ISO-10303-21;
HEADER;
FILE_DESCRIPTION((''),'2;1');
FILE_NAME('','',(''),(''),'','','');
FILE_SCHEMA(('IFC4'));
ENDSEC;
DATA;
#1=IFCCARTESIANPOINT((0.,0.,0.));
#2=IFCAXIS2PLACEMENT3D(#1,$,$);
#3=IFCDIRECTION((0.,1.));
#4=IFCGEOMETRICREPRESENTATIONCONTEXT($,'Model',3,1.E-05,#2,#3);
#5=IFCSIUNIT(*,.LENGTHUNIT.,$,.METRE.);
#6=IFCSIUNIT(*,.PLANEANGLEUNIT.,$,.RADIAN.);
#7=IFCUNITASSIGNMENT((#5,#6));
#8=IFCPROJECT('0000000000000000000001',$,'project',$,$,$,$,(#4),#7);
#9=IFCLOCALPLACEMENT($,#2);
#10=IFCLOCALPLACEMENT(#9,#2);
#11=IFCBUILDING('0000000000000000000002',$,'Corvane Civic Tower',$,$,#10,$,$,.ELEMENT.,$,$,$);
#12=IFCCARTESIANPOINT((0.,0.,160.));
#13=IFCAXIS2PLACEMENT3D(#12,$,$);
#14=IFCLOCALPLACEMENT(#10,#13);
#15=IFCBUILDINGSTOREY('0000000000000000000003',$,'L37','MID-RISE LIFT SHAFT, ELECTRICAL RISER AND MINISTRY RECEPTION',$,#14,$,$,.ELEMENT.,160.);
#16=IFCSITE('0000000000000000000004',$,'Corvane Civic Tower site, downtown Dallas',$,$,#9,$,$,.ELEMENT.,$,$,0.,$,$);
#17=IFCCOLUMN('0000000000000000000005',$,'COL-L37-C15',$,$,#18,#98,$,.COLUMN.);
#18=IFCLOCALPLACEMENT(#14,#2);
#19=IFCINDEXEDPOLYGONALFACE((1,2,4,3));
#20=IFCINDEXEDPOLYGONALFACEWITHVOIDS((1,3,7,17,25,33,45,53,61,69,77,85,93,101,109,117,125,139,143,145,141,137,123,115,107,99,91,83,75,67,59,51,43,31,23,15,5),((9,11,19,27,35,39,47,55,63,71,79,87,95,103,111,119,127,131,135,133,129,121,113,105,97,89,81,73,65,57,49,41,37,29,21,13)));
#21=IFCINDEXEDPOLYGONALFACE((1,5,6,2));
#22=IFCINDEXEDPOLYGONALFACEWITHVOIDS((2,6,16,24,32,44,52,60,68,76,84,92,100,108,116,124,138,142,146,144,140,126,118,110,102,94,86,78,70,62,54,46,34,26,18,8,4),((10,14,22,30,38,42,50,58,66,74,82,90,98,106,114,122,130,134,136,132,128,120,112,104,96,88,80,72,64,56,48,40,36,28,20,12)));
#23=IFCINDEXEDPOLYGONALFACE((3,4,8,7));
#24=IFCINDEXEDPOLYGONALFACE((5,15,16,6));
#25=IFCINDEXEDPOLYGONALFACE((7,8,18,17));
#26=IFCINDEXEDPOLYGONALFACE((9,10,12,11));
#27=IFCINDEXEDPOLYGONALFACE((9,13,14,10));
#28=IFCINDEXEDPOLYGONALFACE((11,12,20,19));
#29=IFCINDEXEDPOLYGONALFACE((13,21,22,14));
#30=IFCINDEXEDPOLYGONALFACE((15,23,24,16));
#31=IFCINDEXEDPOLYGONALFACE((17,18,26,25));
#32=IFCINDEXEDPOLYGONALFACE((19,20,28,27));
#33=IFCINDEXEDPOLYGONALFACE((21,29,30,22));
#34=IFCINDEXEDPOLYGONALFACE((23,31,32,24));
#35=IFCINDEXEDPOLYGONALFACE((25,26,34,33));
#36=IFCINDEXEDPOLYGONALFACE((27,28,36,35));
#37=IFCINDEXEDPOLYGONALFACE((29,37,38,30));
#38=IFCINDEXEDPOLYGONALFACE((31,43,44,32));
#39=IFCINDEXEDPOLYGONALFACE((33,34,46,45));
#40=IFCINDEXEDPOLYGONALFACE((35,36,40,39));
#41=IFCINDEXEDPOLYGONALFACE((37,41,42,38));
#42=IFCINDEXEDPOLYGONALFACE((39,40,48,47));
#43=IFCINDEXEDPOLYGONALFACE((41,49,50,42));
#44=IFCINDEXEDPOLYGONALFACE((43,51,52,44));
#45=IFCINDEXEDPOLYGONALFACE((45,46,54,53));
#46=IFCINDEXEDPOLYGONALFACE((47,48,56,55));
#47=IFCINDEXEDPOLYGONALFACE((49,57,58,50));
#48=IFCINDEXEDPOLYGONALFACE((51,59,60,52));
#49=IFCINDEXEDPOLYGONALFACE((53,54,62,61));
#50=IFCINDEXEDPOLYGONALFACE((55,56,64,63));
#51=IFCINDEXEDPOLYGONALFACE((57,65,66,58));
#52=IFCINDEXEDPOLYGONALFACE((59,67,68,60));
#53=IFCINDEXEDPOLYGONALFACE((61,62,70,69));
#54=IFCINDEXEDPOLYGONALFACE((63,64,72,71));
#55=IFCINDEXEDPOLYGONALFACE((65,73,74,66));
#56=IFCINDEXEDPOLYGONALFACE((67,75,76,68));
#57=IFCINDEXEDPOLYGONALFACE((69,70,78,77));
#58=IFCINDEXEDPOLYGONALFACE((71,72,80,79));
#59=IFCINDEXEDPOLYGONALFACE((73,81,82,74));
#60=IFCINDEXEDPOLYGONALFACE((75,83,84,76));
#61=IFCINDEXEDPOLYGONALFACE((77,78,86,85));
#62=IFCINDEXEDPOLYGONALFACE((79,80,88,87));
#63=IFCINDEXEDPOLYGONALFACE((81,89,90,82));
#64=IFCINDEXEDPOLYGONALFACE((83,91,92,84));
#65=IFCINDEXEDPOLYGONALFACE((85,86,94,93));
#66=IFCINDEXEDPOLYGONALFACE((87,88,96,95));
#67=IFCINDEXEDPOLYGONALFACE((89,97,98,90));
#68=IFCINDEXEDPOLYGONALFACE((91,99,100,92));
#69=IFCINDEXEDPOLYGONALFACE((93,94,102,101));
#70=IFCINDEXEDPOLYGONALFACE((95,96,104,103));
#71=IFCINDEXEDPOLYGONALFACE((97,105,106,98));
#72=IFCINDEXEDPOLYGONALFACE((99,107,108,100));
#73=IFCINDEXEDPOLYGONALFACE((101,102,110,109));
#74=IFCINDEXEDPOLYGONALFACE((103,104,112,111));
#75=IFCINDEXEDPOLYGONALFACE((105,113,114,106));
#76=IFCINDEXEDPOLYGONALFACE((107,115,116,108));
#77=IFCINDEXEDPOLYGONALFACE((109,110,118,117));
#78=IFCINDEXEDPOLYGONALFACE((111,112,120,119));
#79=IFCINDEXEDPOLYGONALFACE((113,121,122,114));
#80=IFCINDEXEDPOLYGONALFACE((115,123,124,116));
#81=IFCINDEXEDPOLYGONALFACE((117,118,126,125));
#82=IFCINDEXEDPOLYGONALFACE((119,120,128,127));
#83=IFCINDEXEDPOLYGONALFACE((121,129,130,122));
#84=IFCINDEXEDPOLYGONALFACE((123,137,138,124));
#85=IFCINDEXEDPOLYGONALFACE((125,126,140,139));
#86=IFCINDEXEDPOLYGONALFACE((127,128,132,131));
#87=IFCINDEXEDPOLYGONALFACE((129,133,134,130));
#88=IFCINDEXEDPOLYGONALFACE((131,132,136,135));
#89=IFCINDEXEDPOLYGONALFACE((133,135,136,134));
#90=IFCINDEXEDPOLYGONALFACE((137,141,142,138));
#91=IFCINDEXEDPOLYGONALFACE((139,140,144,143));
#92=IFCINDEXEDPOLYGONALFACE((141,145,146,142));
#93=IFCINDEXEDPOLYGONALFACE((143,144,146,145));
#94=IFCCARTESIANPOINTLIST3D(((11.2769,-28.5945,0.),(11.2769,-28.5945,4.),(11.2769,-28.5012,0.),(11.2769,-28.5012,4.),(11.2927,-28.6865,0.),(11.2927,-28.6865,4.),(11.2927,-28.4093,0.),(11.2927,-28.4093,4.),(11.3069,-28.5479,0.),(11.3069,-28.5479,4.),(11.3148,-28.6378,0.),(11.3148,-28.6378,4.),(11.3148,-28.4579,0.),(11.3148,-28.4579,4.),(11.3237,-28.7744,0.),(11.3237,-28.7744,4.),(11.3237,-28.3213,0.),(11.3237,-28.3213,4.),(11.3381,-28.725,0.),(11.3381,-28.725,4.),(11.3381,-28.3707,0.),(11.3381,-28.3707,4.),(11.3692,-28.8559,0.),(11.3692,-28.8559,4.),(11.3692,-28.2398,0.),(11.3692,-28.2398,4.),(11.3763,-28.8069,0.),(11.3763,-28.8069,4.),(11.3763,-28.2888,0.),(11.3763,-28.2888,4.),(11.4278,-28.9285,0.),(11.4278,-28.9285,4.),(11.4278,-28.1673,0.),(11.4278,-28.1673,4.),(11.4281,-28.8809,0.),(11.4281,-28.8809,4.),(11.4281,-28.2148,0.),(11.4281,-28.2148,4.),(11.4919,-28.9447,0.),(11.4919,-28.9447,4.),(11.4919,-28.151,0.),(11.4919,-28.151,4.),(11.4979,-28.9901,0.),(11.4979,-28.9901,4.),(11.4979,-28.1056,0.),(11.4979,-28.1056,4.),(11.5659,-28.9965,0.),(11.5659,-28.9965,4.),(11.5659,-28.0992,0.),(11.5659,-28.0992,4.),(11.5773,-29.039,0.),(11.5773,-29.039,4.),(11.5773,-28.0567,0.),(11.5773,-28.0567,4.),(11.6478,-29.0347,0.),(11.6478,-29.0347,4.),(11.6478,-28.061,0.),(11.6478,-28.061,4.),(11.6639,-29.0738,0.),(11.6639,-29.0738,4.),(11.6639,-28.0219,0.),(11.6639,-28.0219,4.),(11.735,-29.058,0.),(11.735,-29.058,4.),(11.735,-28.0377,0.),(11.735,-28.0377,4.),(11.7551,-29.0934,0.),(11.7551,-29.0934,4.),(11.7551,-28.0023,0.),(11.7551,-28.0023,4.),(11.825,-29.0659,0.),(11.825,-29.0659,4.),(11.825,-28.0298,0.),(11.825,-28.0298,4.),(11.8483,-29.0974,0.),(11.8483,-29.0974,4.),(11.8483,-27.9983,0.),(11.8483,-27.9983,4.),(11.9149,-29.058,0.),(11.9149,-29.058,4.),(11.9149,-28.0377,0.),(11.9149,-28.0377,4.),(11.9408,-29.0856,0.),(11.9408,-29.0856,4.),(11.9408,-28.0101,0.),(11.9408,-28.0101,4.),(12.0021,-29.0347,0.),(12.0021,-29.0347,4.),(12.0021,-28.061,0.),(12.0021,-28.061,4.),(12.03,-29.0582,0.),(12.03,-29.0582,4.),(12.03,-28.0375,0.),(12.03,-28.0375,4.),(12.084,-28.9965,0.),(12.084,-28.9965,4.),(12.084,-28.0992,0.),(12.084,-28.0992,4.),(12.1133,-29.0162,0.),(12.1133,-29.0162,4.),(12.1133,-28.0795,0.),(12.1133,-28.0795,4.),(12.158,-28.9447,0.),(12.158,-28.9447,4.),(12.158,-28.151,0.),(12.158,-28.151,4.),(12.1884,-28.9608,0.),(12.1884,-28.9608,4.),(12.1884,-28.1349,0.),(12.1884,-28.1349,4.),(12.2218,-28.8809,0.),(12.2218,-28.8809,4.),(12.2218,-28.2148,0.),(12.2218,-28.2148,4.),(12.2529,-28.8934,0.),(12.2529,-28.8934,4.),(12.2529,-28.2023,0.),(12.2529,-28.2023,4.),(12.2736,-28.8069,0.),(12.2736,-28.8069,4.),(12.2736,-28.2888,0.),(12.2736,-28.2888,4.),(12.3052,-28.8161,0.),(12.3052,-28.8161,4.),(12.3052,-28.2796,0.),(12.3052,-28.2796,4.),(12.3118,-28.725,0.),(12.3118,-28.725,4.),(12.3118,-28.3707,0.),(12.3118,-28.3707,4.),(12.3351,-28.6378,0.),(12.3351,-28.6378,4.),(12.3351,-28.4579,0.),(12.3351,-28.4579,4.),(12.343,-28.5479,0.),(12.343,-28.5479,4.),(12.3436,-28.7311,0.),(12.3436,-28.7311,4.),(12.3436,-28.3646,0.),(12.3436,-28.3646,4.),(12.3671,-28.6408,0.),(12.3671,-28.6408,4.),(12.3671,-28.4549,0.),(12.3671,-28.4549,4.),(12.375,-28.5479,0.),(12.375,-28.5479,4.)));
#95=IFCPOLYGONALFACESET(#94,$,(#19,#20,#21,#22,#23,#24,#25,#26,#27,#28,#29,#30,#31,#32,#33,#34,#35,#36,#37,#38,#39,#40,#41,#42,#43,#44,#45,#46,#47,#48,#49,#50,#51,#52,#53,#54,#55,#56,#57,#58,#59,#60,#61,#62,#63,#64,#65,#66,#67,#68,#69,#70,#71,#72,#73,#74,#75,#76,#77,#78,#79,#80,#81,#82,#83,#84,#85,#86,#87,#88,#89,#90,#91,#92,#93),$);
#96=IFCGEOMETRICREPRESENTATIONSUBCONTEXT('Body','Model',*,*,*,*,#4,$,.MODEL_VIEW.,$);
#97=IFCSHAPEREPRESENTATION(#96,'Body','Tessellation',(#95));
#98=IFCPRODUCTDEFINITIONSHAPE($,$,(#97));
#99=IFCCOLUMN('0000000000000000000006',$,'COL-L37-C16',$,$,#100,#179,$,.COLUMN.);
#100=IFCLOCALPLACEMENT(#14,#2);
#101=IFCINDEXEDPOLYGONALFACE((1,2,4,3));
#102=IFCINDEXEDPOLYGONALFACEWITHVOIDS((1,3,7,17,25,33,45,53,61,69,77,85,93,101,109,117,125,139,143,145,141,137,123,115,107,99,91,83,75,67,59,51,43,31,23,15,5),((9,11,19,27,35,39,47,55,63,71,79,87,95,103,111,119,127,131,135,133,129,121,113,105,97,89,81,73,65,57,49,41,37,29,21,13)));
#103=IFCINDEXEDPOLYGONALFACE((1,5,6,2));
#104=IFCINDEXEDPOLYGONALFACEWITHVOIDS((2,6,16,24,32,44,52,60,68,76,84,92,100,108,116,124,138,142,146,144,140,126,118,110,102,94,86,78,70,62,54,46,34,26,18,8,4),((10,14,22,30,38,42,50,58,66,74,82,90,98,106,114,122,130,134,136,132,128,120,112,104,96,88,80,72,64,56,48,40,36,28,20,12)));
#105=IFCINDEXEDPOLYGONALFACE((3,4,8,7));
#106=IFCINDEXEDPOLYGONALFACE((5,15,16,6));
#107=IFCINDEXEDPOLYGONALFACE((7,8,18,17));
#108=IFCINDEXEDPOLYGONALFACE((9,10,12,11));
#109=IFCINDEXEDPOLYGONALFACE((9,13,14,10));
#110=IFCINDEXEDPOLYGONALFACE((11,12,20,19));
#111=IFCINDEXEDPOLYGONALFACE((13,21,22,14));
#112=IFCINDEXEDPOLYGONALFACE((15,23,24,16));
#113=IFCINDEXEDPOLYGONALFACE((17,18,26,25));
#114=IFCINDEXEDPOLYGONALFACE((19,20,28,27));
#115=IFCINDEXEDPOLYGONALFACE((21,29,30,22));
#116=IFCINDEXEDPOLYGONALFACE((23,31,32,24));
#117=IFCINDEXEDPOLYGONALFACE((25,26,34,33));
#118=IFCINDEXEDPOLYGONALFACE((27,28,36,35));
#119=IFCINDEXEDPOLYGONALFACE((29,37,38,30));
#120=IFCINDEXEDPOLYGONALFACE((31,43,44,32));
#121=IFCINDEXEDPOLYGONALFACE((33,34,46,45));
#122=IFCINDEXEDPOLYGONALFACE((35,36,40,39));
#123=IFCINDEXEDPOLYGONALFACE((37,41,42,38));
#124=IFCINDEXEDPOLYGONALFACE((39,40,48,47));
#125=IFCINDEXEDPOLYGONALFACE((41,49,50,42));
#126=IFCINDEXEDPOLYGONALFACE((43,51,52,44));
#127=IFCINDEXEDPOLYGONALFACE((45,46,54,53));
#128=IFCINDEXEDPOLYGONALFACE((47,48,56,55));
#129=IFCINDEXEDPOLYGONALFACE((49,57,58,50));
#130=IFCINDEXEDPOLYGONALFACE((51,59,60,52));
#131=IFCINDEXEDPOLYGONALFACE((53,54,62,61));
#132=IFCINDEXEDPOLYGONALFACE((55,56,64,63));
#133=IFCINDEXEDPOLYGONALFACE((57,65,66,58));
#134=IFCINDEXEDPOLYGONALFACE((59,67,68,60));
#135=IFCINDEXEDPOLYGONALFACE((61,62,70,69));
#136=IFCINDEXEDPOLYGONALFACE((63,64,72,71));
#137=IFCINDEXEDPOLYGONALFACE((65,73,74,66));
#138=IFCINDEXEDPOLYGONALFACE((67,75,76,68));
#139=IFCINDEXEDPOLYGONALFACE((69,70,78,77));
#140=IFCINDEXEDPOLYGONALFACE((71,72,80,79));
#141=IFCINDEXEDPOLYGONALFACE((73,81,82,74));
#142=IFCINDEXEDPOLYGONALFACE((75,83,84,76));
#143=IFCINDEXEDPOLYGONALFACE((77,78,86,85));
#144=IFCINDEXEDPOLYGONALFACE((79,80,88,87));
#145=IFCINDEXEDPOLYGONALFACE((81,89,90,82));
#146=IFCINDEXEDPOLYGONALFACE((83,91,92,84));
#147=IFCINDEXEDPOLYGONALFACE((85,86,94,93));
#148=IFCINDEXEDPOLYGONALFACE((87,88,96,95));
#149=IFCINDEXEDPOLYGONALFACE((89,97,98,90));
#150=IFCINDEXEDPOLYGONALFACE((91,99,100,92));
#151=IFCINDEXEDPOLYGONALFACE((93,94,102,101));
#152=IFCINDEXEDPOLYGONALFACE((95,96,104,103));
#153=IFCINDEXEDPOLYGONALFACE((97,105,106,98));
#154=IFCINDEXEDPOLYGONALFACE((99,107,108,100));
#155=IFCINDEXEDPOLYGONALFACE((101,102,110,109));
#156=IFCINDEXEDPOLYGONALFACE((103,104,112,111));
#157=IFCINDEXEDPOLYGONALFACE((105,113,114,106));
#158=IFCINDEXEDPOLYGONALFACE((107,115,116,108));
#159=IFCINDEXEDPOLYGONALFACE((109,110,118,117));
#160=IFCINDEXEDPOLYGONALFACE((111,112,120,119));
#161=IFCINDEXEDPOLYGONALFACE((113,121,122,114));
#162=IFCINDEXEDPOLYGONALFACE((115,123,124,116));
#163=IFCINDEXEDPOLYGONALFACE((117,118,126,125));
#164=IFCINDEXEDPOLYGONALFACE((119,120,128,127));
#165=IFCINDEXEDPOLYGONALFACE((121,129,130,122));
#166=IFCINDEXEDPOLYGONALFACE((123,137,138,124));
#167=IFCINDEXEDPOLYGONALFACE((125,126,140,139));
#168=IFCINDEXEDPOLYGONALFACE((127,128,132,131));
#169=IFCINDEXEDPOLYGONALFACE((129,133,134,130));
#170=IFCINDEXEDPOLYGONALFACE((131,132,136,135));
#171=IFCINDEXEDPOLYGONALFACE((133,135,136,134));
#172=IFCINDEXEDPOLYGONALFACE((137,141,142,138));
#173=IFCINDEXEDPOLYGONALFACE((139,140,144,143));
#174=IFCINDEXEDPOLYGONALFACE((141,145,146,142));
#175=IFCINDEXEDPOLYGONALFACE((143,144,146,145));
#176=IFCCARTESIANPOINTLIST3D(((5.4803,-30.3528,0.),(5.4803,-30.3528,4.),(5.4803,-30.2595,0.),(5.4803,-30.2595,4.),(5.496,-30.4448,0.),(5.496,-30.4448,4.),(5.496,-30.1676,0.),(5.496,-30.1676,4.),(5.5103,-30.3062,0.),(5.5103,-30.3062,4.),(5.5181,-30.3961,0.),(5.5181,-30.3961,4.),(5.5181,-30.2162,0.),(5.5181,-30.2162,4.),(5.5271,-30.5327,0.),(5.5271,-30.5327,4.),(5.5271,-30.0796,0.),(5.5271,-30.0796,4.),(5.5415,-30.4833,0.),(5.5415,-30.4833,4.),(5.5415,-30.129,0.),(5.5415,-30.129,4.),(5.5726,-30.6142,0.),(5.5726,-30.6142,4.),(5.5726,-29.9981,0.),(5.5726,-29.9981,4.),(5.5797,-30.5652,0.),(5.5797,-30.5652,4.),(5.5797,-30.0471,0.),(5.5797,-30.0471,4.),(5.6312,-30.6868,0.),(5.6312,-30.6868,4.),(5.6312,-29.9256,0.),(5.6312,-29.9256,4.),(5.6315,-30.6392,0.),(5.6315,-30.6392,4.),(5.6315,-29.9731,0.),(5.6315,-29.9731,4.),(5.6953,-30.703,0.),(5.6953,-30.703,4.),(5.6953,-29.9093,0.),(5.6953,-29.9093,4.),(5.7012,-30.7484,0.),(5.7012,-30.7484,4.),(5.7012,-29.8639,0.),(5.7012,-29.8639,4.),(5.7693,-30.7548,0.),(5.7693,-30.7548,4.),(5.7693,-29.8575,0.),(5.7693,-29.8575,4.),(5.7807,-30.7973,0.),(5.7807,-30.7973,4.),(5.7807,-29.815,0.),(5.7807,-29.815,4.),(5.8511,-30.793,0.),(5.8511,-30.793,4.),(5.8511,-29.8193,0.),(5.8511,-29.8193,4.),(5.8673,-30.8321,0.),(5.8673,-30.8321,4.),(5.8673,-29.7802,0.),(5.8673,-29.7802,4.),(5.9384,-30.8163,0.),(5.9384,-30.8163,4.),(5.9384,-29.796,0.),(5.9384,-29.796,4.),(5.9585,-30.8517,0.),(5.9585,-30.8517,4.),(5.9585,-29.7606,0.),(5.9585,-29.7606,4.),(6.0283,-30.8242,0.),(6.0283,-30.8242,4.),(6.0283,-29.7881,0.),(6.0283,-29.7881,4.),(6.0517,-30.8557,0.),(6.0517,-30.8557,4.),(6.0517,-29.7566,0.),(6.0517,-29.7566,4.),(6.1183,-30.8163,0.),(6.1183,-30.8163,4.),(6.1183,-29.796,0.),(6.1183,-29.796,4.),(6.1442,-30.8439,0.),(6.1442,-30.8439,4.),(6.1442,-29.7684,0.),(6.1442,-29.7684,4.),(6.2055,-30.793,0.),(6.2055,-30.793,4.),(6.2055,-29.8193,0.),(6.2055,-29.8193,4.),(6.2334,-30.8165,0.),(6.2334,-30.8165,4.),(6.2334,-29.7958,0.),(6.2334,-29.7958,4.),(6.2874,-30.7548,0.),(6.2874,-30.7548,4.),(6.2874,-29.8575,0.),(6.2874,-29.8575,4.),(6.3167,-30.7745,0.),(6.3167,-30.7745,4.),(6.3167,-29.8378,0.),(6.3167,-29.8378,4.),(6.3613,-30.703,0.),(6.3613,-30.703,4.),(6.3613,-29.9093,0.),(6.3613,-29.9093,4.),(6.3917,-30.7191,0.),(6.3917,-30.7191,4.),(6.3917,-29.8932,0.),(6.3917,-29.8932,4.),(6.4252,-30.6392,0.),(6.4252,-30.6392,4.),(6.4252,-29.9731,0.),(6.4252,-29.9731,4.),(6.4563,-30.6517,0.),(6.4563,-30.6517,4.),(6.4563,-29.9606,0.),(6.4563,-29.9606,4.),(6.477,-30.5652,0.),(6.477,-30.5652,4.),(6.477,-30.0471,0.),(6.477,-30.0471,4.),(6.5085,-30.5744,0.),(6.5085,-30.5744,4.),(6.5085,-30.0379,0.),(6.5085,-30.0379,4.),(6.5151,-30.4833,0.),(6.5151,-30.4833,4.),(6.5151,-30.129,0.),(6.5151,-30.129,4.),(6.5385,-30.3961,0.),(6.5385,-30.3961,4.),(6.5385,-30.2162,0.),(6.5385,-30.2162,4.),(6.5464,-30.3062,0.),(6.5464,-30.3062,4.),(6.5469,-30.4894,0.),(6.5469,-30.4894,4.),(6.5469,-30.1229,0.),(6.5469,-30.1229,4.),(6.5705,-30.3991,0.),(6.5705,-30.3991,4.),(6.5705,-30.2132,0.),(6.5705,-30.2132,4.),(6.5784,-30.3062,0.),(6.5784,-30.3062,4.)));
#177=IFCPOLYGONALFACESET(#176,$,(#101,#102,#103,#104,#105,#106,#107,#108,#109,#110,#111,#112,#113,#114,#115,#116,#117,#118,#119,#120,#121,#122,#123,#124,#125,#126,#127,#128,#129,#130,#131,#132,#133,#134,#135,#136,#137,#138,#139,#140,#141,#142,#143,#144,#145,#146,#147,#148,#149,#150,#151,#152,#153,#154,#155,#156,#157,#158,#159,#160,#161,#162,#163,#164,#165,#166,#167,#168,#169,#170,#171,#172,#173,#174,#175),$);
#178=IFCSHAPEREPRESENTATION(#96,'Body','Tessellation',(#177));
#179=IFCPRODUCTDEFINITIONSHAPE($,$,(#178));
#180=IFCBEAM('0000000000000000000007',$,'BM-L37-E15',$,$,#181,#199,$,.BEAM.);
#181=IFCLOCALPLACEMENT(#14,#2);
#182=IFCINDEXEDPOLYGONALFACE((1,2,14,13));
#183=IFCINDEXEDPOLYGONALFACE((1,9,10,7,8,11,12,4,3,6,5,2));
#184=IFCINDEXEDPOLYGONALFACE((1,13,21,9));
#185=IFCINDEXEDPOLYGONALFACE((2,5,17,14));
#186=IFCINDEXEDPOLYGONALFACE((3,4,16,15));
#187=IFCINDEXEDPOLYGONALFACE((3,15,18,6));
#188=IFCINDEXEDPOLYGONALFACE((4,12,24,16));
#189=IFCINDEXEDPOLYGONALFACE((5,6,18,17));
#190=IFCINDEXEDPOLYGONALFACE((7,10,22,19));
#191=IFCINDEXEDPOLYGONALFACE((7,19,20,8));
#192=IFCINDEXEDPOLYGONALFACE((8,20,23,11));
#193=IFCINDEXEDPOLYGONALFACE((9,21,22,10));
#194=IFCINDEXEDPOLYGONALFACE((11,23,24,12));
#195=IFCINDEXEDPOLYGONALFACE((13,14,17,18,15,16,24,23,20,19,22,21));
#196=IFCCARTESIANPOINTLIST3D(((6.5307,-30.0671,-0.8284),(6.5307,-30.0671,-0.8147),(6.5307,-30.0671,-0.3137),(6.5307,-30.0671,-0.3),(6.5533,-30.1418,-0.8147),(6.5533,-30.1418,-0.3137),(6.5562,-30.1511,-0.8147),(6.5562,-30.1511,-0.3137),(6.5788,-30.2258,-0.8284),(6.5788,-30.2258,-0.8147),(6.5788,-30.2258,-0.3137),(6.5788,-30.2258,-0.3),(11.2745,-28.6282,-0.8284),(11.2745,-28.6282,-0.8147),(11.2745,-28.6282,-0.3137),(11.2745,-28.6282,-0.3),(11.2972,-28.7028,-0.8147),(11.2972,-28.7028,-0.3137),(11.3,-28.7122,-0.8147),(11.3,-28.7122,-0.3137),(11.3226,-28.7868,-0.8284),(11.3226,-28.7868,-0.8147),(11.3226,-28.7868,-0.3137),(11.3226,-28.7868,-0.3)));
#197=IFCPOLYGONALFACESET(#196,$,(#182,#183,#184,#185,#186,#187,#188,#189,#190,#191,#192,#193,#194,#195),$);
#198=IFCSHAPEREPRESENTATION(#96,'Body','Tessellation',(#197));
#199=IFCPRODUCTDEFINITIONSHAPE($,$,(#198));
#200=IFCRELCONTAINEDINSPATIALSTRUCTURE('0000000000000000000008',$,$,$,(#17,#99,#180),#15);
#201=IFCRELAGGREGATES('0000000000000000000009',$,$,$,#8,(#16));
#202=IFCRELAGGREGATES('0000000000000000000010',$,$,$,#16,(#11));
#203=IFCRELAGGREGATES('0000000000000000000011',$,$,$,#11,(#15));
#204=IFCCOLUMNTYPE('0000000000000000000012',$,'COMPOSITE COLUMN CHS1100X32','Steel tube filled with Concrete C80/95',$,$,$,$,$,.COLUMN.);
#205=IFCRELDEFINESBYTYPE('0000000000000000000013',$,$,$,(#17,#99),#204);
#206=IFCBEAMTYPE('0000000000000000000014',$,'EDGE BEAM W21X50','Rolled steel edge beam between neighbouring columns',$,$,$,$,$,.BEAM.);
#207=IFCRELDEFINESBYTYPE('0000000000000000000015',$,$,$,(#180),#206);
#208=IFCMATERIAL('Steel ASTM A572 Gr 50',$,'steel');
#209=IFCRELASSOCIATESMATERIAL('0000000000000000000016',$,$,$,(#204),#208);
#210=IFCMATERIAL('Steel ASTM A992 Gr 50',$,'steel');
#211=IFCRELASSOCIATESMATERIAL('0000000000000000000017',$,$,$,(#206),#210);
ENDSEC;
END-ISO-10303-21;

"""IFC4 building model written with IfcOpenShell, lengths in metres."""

from ifc_helpers import new_model, si_unit, direction, frame, origin, origin_2d, place, context, subcontext, project, spatial, hollow_circle, i_section, extrude, material, material_profile, profile_set, type_object, element, save


model = new_model("IFC4")

# Units and contexts
model_context = context("Model", 3, precision=1e-05, world=origin(), true_north=direction((0.0, 1.0)))
body_context = subcontext(model_context, "Body", "Model", "MODEL_VIEW")
ifc_project = project(units=[si_unit("LENGTHUNIT", "METRE"), si_unit("PLANEANGLEUNIT", "RADIAN")], contexts=[model_context])

# Site, building, storey
site_placement = place(None, origin())
site = spatial("IfcSite", under=ifc_project, at=site_placement, Name="Corvane Civic Tower site, downtown Dallas", CompositionType="ELEMENT", RefElevation=0.0)
building_placement = place(site_placement, origin())
building = spatial("IfcBuilding", under=site, at=building_placement, Name="Corvane Civic Tower", CompositionType="ELEMENT")
storey_placement = place(building_placement, frame((0.0, 0.0, 160.0)))
storey = spatial("IfcBuildingStorey", under=building, at=storey_placement, Name="L37", Description="MID-RISE LIFT SHAFT, ELECTRICAL RISER AND MINISTRY RECEPTION", CompositionType="ELEMENT", Elevation=160.0)

# Columns
ifc_material_1 = material(Name="Steel ASTM A572 Gr 50", Category="steel")
ifc_material_profile_1 = material_profile(ifc_material_1, hollow_circle(Radius=0.55, WallThickness=0.032, at=origin_2d()), Name="CHS1100X32")
ifc_profile_set_1 = profile_set([ifc_material_profile_1], Name="Steel ASTM A572 Gr 50")
column_type = type_object("IfcColumnType", Name="COMPOSITE COLUMN CHS1100X32", Description="Steel tube filled with Concrete C80/95", PredefinedType="COLUMN", material=ifc_profile_set_1)
for number, where, z_axis, x_axis, name in (
    (1, (11.825, -28.5479, 0.0), (0.0, 0.0, 1.0), (1.0, 0.0, 0.0), "COL-L37-C15"),
    (2, (6.0283, -30.3062, 0.0), (0.0, 0.0, 1.0), (1.0, 0.0, 0.0), "COL-L37-C16"),
):
    element("IfcColumn", number, at=place(storey_placement, frame(where, z_axis=z_axis, x_axis=x_axis)), inside=storey, type_object=column_type, Name=name, PredefinedType="COLUMN", context=body_context, shape_type="SweptSolid", body=[
        extrude(hollow_circle(Radius=0.55, WallThickness=0.032, at=origin_2d()), origin(), (0.0, 0.0, 1.0), 4.0),
    ])

# Beam
ifc_material_2 = material(Name="Steel ASTM A992 Gr 50", Category="steel")
ifc_material_profile_2 = material_profile(ifc_material_2, i_section(OverallWidth=0.1658, OverallDepth=0.5283, WebThickness=0.0098, FlangeThickness=0.0137, at=origin_2d()), Name="W21X50")
ifc_profile_set_2 = profile_set([ifc_material_profile_2], Name="Steel ASTM A992 Gr 50")
beam_type_1 = type_object("IfcBeamType", Name="EDGE BEAM W21X50", Description="Rolled steel edge beam between neighbouring columns", PredefinedType="BEAM", material=ifc_profile_set_2)
beam_1_placement = place(storey_placement, frame((11.2986, -28.7075, -0.5642), z_axis=(-0.956945, -0.29027, 0.0), x_axis=(0.29027, -0.956945, 0.0)))
element("IfcBeam", 3, at=beam_1_placement, inside=storey, type_object=beam_type_1, Name="BM-L37-E15", PredefinedType="BEAM", context=body_context, shape_type="SweptSolid", body=[
    extrude(i_section(OverallWidth=0.1658, OverallDepth=0.5283, WebThickness=0.0098, FlangeThickness=0.0137, at=origin_2d()), origin(), (0.0, 0.0, 1.0), 4.9573),
])

save(model, "model.ifc")
